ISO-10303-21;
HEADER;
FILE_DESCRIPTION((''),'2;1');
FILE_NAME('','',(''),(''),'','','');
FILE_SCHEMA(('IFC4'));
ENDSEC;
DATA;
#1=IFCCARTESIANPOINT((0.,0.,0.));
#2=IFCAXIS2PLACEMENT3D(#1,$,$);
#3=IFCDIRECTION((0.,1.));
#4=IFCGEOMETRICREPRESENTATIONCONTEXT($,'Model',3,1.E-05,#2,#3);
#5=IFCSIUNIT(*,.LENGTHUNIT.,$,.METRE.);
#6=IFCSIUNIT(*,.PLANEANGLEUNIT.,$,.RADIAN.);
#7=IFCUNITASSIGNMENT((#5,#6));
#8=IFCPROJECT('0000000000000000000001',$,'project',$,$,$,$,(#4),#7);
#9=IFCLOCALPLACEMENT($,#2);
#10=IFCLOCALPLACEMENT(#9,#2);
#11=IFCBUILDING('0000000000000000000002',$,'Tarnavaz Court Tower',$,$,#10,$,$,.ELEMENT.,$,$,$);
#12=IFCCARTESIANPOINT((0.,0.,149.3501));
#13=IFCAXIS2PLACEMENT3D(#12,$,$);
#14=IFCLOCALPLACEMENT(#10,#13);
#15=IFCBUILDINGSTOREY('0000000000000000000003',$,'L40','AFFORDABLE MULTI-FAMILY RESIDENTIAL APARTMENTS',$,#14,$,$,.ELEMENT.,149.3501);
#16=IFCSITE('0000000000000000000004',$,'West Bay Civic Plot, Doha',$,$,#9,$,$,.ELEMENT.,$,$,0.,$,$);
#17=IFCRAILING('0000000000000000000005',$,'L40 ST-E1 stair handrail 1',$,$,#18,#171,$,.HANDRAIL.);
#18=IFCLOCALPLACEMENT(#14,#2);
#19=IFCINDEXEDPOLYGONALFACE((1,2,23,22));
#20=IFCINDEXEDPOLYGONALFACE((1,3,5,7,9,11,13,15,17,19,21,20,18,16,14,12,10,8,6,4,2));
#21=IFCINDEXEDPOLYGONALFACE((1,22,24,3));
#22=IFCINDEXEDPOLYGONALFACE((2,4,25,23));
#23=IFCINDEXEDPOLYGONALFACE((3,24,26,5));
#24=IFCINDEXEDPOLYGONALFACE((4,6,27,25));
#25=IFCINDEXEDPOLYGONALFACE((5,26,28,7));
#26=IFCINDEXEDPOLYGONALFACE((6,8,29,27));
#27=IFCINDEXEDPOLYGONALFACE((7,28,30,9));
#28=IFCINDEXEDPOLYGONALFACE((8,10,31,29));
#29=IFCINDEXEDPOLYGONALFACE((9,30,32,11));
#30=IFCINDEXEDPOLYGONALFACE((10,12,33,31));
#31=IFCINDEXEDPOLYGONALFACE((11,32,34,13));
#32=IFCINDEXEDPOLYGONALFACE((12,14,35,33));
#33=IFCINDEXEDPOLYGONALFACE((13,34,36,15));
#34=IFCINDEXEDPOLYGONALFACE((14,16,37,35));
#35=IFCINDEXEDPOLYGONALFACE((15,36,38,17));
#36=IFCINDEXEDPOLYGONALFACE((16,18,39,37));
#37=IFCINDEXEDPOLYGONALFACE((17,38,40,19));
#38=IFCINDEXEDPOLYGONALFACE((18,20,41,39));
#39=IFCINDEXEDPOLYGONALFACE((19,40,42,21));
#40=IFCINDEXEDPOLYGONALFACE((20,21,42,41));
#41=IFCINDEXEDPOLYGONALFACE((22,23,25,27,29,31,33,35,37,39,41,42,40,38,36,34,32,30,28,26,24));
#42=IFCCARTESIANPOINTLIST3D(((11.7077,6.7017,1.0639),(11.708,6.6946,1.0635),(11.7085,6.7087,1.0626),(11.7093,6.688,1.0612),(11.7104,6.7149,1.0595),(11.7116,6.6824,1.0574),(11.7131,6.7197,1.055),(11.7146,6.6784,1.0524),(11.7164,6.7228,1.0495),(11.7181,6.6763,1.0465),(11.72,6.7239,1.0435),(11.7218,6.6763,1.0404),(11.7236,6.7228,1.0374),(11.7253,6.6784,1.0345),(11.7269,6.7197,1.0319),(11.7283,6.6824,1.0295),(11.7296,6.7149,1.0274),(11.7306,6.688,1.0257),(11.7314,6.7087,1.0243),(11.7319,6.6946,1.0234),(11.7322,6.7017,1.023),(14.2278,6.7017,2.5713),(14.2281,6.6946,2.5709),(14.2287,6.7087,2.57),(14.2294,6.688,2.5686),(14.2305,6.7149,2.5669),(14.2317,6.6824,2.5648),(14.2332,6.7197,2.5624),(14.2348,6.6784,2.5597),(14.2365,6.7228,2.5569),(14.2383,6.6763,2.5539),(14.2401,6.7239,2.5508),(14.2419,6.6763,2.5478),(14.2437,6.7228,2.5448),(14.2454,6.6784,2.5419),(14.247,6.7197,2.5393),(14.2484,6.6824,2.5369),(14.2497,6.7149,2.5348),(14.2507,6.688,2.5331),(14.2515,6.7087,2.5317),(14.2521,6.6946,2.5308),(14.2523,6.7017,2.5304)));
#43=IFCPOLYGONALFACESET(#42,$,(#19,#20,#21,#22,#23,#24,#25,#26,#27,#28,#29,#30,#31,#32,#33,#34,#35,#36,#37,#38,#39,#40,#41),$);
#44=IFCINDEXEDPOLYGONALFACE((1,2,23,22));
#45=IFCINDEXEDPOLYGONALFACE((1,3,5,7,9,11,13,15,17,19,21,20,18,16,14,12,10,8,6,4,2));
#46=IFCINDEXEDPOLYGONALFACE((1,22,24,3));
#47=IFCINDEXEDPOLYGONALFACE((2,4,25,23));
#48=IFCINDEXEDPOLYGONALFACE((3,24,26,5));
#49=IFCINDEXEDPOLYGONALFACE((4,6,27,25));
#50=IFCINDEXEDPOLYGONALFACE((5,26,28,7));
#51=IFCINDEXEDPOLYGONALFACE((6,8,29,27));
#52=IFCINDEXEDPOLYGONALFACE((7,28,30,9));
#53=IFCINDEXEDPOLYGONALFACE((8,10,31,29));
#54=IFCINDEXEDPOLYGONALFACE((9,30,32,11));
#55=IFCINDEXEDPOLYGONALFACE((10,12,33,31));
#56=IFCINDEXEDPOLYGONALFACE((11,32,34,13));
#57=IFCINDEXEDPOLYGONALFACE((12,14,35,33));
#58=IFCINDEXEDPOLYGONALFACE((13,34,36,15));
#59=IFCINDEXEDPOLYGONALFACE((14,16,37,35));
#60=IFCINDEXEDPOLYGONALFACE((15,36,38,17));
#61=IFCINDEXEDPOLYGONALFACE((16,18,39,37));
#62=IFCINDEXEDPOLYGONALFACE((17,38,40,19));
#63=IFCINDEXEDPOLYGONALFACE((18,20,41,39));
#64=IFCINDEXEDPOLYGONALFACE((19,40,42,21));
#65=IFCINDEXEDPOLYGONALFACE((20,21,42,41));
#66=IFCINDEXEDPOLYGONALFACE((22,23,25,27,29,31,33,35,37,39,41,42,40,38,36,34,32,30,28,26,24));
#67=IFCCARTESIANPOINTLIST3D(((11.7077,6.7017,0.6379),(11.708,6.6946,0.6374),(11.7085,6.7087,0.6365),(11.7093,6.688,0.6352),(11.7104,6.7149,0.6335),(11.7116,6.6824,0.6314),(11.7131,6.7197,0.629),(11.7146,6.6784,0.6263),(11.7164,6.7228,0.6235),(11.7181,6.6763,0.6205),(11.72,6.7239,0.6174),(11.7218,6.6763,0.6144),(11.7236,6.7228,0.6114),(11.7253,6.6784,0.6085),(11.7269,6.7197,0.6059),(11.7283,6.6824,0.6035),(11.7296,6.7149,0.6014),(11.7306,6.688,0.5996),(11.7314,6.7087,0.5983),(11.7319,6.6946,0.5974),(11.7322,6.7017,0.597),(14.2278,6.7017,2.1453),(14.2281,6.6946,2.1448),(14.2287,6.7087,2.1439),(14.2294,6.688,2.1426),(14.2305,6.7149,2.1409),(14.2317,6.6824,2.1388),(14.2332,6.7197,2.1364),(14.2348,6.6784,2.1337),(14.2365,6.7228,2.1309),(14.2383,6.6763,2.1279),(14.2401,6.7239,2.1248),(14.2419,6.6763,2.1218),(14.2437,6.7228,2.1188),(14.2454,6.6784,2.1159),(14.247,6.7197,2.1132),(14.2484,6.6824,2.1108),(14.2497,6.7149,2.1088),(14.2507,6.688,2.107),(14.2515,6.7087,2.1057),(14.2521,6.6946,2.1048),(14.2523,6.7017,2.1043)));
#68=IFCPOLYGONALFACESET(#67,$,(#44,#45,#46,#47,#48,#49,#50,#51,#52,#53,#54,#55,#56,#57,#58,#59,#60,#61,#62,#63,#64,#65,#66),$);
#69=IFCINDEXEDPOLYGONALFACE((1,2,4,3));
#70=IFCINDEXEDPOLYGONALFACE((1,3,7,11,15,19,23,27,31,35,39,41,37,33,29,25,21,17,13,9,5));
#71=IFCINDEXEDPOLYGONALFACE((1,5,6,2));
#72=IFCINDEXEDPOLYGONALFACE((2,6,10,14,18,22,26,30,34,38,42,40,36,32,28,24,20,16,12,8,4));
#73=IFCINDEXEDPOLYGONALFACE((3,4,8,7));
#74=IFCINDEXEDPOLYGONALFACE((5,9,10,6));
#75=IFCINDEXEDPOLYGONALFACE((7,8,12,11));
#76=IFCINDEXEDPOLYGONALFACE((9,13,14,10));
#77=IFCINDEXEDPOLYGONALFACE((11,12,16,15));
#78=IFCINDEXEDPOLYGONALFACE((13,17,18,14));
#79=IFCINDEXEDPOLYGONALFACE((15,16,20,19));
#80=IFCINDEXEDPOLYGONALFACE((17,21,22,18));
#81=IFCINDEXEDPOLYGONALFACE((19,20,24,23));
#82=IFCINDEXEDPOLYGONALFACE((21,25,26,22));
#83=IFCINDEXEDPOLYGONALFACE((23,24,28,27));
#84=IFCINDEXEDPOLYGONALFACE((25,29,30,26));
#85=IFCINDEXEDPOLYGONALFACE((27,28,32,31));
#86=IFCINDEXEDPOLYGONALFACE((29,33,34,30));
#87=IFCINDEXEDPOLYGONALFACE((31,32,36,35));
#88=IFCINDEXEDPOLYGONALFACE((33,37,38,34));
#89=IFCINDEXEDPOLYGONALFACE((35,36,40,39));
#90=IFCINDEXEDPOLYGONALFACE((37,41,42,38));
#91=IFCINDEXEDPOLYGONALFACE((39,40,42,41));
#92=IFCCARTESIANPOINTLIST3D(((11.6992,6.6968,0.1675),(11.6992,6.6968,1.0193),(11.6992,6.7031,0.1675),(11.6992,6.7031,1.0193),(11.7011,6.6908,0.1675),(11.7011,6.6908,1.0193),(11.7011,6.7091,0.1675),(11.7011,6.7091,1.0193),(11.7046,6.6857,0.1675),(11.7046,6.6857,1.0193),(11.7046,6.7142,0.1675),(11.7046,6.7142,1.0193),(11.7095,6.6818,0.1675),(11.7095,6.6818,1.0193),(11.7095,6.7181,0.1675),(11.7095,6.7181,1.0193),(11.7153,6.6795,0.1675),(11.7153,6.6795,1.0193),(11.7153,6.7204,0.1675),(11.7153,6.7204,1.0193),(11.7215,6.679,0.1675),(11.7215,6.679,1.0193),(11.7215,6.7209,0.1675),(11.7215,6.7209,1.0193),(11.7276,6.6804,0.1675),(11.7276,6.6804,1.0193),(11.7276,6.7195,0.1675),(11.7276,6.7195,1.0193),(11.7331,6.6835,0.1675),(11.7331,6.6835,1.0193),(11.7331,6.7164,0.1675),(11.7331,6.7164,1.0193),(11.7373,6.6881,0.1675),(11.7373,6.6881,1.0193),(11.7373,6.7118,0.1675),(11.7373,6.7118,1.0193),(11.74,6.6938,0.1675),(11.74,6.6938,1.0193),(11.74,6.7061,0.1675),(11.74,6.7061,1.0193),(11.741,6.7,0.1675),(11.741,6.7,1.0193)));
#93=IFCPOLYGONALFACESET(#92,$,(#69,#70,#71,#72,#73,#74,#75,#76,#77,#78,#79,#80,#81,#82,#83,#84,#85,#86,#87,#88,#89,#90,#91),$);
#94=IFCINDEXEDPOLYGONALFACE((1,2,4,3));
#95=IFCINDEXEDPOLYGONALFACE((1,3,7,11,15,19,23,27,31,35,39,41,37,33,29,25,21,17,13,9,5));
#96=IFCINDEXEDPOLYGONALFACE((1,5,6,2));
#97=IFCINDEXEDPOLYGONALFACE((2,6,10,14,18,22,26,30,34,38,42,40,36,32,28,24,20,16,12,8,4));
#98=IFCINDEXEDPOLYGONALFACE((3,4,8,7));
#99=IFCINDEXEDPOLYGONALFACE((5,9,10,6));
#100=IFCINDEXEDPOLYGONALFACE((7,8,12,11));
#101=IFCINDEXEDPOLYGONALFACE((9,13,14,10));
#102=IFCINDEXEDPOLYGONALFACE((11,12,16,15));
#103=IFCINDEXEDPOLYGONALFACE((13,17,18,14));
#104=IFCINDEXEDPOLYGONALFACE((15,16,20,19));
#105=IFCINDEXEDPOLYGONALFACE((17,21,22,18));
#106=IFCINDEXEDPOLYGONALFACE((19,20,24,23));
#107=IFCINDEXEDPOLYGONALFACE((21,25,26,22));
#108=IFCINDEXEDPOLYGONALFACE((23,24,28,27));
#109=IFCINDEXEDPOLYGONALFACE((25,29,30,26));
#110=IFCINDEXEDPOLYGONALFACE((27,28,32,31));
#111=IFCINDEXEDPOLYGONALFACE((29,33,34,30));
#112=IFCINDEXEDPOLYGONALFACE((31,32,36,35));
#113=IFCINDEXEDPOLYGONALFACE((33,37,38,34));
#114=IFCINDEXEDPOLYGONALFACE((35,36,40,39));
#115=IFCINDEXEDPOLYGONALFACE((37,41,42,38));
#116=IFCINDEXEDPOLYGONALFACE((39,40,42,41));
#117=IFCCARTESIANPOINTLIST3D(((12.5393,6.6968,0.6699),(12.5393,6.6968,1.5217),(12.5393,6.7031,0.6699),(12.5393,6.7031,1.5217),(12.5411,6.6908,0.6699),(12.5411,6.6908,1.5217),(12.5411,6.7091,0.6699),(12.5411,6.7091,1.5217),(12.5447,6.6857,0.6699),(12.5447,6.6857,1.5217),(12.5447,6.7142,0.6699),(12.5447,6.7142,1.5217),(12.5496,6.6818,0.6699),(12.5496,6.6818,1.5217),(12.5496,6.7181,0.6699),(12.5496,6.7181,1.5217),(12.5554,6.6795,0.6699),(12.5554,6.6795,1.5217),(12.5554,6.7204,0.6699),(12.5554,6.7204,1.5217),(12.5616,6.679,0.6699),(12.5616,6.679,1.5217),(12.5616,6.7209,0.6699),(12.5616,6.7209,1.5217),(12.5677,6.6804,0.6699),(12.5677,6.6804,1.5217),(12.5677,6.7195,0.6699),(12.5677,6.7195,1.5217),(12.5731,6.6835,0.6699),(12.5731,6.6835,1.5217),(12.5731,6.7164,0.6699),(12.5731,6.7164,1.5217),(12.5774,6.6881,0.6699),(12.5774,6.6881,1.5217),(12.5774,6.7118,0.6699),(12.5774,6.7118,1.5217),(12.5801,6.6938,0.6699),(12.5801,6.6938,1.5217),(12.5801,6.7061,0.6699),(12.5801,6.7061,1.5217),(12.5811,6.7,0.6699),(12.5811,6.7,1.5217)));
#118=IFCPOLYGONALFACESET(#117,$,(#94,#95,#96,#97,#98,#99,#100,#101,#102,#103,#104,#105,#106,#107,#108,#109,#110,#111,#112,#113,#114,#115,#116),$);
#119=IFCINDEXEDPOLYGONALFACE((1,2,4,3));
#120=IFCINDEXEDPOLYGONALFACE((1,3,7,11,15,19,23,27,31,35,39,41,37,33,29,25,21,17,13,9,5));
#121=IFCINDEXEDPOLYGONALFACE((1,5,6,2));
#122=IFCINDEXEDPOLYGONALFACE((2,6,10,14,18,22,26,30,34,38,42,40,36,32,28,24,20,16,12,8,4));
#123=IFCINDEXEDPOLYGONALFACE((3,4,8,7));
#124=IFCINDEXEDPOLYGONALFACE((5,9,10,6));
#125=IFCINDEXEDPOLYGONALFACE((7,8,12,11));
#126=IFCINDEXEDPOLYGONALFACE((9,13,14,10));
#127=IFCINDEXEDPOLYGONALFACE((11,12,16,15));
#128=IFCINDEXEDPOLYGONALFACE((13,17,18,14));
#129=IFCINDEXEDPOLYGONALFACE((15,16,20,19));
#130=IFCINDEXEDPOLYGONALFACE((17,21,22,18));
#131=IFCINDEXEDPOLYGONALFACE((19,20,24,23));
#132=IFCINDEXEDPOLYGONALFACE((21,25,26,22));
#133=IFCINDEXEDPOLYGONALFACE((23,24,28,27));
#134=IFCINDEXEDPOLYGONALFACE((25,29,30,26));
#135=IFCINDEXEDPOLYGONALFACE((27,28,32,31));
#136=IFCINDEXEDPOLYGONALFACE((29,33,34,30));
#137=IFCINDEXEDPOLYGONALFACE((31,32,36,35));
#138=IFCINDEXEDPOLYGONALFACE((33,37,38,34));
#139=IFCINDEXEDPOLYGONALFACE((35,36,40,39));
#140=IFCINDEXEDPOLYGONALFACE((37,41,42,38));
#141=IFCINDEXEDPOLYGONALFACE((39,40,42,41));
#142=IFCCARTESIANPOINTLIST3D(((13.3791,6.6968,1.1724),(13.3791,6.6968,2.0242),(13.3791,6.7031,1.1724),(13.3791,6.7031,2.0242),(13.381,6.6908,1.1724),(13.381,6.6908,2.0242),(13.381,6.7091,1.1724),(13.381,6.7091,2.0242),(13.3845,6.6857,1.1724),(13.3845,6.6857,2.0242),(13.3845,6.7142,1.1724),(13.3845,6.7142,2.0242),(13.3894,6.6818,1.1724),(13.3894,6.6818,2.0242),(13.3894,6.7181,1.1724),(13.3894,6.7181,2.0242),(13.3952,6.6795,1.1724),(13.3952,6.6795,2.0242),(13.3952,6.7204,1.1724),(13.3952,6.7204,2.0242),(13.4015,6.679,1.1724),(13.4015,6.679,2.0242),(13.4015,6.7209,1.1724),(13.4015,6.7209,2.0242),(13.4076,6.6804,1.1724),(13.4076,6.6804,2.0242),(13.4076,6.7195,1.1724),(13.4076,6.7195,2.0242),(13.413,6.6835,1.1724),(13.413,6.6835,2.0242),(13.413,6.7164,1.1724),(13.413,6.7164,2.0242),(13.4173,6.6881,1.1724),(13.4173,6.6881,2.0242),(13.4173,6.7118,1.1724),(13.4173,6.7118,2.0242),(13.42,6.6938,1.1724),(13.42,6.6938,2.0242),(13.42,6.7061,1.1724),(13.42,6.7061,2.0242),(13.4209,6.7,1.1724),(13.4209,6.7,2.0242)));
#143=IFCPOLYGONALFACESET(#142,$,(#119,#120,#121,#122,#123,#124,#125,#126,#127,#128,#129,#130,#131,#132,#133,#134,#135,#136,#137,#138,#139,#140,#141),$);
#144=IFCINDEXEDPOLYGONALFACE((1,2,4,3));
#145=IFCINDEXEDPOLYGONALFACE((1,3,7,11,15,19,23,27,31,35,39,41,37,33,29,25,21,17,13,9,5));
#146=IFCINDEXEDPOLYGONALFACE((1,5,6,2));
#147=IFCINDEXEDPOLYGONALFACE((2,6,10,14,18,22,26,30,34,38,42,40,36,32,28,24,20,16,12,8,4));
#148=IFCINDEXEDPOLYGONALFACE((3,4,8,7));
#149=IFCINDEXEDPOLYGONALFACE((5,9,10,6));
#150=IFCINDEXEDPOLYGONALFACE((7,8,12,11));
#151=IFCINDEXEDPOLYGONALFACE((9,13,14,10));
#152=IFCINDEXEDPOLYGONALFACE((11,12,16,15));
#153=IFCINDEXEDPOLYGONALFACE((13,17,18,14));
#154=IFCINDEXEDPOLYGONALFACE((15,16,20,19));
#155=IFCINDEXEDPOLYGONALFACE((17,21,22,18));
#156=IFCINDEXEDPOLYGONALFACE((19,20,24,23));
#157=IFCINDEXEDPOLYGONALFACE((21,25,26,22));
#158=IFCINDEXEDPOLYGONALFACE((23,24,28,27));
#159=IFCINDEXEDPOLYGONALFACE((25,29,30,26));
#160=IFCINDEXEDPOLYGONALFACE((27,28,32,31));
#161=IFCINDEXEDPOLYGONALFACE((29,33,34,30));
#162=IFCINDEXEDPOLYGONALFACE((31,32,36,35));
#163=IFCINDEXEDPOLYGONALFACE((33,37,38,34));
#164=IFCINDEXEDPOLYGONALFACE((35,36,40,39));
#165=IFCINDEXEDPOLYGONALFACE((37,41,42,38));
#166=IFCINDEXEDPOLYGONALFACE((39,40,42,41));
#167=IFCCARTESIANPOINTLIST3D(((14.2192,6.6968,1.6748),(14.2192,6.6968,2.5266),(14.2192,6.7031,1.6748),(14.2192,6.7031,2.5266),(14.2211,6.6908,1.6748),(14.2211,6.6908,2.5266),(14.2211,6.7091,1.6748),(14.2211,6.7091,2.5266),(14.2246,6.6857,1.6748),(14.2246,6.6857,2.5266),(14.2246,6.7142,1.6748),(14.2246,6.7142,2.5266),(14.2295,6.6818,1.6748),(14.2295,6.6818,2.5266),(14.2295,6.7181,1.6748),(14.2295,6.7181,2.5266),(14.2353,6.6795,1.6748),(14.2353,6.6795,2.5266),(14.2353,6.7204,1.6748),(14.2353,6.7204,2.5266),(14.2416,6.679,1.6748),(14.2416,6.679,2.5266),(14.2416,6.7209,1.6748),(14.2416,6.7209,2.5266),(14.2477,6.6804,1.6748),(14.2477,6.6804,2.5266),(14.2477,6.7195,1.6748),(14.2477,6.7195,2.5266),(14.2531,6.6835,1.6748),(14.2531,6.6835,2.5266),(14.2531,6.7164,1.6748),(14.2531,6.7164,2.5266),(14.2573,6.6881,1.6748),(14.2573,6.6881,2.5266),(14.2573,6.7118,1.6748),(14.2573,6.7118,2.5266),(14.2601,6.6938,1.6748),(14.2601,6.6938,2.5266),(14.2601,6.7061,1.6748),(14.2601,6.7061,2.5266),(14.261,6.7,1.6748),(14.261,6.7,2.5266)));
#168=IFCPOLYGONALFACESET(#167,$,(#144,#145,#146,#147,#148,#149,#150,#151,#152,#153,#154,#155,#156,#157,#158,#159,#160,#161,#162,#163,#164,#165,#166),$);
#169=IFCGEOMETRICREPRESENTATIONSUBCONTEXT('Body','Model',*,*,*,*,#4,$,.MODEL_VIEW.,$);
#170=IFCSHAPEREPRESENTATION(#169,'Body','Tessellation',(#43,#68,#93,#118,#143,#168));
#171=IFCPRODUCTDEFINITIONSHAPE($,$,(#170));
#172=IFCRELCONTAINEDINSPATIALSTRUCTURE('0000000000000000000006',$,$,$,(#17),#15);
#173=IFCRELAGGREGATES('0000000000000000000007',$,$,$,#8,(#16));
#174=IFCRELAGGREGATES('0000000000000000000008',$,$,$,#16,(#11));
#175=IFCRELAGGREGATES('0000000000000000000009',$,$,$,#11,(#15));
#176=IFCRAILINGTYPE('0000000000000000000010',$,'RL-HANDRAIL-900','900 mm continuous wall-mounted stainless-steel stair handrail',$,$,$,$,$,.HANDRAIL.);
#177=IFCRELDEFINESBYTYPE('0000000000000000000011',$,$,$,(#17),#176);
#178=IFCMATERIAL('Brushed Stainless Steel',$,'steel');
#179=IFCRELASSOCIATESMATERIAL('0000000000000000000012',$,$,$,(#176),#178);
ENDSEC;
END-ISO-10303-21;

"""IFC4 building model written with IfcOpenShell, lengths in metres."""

from ifc_helpers import new_model, si_unit, direction, frame, origin, origin_2d, place, context, subcontext, project, spatial, circle, extrude, material, type_object, element, save


model = new_model("IFC4")

# Units and contexts
model_context = context("Model", 3, precision=1e-05, world=origin(), true_north=direction((0.0, 1.0)))
body_context = subcontext(model_context, "Body", "Model", "MODEL_VIEW")
ifc_project = project(units=[si_unit("LENGTHUNIT", "METRE"), si_unit("PLANEANGLEUNIT", "RADIAN")], contexts=[model_context])

# Site, building, storey
site_placement = place(None, origin())
site = spatial("IfcSite", under=ifc_project, at=site_placement, Name="West Bay Civic Plot, Doha", CompositionType="ELEMENT", RefElevation=0.0)
building_placement = place(site_placement, origin())
building = spatial("IfcBuilding", under=site, at=building_placement, Name="Tarnavaz Court Tower", CompositionType="ELEMENT")
storey_placement = place(building_placement, frame((0.0, 0.0, 149.3501)))
storey = spatial("IfcBuildingStorey", under=building, at=storey_placement, Name="L40", Description="AFFORDABLE MULTI-FAMILY RESIDENTIAL APARTMENTS", CompositionType="ELEMENT", Elevation=149.3501)

# Railing
ifc_material_1 = material(Name="Brushed Stainless Steel", Category="steel")
railing_type_1 = type_object("IfcRailingType", Name="RL-HANDRAIL-900", Description="900 mm continuous wall-mounted stainless-steel stair handrail", PredefinedType="HANDRAIL", material=ifc_material_1)
railing_1_placement = place(storey_placement, frame((11.72, 6.7, 0.1675)))
element("IfcRailing", 1, at=railing_1_placement, inside=storey, type_object=railing_type_1, Name="L40 ST-E1 stair handrail 1", PredefinedType="HANDRAIL", context=body_context, shape_type="SweptSolid", body=[
    extrude(circle(Radius=0.0239, at=origin_2d()), frame((0.0, 0.0, 0.876), z_axis=(0.858196, 0.0, 0.513321), x_axis=(0.0, 1.0, 0.0)), (0.0, 0.0, 1.0), 2.9365),
    extrude(circle(Radius=0.0239, at=origin_2d()), frame((0.0, 0.0, 0.45), z_axis=(0.858196, 0.0, 0.513321), x_axis=(0.0, 1.0, 0.0)), (0.0, 0.0, 1.0), 2.9365),
    extrude(circle(Radius=0.021, at=origin_2d()), origin(), (0.0, 0.0, 1.0), 0.8518),
    extrude(circle(Radius=0.021, at=origin_2d()), frame((0.8401, 0.0, 0.5024)), (0.0, 0.0, 1.0), 0.8518),
    extrude(circle(Radius=0.021, at=origin_2d()), frame((1.6799, 0.0, 1.0049)), (0.0, 0.0, 1.0), 0.8518),
    extrude(circle(Radius=0.021, at=origin_2d()), frame((2.52, 0.0, 1.5073)), (0.0, 0.0, 1.0), 0.8518),
])

save(model, "model.ifc")
